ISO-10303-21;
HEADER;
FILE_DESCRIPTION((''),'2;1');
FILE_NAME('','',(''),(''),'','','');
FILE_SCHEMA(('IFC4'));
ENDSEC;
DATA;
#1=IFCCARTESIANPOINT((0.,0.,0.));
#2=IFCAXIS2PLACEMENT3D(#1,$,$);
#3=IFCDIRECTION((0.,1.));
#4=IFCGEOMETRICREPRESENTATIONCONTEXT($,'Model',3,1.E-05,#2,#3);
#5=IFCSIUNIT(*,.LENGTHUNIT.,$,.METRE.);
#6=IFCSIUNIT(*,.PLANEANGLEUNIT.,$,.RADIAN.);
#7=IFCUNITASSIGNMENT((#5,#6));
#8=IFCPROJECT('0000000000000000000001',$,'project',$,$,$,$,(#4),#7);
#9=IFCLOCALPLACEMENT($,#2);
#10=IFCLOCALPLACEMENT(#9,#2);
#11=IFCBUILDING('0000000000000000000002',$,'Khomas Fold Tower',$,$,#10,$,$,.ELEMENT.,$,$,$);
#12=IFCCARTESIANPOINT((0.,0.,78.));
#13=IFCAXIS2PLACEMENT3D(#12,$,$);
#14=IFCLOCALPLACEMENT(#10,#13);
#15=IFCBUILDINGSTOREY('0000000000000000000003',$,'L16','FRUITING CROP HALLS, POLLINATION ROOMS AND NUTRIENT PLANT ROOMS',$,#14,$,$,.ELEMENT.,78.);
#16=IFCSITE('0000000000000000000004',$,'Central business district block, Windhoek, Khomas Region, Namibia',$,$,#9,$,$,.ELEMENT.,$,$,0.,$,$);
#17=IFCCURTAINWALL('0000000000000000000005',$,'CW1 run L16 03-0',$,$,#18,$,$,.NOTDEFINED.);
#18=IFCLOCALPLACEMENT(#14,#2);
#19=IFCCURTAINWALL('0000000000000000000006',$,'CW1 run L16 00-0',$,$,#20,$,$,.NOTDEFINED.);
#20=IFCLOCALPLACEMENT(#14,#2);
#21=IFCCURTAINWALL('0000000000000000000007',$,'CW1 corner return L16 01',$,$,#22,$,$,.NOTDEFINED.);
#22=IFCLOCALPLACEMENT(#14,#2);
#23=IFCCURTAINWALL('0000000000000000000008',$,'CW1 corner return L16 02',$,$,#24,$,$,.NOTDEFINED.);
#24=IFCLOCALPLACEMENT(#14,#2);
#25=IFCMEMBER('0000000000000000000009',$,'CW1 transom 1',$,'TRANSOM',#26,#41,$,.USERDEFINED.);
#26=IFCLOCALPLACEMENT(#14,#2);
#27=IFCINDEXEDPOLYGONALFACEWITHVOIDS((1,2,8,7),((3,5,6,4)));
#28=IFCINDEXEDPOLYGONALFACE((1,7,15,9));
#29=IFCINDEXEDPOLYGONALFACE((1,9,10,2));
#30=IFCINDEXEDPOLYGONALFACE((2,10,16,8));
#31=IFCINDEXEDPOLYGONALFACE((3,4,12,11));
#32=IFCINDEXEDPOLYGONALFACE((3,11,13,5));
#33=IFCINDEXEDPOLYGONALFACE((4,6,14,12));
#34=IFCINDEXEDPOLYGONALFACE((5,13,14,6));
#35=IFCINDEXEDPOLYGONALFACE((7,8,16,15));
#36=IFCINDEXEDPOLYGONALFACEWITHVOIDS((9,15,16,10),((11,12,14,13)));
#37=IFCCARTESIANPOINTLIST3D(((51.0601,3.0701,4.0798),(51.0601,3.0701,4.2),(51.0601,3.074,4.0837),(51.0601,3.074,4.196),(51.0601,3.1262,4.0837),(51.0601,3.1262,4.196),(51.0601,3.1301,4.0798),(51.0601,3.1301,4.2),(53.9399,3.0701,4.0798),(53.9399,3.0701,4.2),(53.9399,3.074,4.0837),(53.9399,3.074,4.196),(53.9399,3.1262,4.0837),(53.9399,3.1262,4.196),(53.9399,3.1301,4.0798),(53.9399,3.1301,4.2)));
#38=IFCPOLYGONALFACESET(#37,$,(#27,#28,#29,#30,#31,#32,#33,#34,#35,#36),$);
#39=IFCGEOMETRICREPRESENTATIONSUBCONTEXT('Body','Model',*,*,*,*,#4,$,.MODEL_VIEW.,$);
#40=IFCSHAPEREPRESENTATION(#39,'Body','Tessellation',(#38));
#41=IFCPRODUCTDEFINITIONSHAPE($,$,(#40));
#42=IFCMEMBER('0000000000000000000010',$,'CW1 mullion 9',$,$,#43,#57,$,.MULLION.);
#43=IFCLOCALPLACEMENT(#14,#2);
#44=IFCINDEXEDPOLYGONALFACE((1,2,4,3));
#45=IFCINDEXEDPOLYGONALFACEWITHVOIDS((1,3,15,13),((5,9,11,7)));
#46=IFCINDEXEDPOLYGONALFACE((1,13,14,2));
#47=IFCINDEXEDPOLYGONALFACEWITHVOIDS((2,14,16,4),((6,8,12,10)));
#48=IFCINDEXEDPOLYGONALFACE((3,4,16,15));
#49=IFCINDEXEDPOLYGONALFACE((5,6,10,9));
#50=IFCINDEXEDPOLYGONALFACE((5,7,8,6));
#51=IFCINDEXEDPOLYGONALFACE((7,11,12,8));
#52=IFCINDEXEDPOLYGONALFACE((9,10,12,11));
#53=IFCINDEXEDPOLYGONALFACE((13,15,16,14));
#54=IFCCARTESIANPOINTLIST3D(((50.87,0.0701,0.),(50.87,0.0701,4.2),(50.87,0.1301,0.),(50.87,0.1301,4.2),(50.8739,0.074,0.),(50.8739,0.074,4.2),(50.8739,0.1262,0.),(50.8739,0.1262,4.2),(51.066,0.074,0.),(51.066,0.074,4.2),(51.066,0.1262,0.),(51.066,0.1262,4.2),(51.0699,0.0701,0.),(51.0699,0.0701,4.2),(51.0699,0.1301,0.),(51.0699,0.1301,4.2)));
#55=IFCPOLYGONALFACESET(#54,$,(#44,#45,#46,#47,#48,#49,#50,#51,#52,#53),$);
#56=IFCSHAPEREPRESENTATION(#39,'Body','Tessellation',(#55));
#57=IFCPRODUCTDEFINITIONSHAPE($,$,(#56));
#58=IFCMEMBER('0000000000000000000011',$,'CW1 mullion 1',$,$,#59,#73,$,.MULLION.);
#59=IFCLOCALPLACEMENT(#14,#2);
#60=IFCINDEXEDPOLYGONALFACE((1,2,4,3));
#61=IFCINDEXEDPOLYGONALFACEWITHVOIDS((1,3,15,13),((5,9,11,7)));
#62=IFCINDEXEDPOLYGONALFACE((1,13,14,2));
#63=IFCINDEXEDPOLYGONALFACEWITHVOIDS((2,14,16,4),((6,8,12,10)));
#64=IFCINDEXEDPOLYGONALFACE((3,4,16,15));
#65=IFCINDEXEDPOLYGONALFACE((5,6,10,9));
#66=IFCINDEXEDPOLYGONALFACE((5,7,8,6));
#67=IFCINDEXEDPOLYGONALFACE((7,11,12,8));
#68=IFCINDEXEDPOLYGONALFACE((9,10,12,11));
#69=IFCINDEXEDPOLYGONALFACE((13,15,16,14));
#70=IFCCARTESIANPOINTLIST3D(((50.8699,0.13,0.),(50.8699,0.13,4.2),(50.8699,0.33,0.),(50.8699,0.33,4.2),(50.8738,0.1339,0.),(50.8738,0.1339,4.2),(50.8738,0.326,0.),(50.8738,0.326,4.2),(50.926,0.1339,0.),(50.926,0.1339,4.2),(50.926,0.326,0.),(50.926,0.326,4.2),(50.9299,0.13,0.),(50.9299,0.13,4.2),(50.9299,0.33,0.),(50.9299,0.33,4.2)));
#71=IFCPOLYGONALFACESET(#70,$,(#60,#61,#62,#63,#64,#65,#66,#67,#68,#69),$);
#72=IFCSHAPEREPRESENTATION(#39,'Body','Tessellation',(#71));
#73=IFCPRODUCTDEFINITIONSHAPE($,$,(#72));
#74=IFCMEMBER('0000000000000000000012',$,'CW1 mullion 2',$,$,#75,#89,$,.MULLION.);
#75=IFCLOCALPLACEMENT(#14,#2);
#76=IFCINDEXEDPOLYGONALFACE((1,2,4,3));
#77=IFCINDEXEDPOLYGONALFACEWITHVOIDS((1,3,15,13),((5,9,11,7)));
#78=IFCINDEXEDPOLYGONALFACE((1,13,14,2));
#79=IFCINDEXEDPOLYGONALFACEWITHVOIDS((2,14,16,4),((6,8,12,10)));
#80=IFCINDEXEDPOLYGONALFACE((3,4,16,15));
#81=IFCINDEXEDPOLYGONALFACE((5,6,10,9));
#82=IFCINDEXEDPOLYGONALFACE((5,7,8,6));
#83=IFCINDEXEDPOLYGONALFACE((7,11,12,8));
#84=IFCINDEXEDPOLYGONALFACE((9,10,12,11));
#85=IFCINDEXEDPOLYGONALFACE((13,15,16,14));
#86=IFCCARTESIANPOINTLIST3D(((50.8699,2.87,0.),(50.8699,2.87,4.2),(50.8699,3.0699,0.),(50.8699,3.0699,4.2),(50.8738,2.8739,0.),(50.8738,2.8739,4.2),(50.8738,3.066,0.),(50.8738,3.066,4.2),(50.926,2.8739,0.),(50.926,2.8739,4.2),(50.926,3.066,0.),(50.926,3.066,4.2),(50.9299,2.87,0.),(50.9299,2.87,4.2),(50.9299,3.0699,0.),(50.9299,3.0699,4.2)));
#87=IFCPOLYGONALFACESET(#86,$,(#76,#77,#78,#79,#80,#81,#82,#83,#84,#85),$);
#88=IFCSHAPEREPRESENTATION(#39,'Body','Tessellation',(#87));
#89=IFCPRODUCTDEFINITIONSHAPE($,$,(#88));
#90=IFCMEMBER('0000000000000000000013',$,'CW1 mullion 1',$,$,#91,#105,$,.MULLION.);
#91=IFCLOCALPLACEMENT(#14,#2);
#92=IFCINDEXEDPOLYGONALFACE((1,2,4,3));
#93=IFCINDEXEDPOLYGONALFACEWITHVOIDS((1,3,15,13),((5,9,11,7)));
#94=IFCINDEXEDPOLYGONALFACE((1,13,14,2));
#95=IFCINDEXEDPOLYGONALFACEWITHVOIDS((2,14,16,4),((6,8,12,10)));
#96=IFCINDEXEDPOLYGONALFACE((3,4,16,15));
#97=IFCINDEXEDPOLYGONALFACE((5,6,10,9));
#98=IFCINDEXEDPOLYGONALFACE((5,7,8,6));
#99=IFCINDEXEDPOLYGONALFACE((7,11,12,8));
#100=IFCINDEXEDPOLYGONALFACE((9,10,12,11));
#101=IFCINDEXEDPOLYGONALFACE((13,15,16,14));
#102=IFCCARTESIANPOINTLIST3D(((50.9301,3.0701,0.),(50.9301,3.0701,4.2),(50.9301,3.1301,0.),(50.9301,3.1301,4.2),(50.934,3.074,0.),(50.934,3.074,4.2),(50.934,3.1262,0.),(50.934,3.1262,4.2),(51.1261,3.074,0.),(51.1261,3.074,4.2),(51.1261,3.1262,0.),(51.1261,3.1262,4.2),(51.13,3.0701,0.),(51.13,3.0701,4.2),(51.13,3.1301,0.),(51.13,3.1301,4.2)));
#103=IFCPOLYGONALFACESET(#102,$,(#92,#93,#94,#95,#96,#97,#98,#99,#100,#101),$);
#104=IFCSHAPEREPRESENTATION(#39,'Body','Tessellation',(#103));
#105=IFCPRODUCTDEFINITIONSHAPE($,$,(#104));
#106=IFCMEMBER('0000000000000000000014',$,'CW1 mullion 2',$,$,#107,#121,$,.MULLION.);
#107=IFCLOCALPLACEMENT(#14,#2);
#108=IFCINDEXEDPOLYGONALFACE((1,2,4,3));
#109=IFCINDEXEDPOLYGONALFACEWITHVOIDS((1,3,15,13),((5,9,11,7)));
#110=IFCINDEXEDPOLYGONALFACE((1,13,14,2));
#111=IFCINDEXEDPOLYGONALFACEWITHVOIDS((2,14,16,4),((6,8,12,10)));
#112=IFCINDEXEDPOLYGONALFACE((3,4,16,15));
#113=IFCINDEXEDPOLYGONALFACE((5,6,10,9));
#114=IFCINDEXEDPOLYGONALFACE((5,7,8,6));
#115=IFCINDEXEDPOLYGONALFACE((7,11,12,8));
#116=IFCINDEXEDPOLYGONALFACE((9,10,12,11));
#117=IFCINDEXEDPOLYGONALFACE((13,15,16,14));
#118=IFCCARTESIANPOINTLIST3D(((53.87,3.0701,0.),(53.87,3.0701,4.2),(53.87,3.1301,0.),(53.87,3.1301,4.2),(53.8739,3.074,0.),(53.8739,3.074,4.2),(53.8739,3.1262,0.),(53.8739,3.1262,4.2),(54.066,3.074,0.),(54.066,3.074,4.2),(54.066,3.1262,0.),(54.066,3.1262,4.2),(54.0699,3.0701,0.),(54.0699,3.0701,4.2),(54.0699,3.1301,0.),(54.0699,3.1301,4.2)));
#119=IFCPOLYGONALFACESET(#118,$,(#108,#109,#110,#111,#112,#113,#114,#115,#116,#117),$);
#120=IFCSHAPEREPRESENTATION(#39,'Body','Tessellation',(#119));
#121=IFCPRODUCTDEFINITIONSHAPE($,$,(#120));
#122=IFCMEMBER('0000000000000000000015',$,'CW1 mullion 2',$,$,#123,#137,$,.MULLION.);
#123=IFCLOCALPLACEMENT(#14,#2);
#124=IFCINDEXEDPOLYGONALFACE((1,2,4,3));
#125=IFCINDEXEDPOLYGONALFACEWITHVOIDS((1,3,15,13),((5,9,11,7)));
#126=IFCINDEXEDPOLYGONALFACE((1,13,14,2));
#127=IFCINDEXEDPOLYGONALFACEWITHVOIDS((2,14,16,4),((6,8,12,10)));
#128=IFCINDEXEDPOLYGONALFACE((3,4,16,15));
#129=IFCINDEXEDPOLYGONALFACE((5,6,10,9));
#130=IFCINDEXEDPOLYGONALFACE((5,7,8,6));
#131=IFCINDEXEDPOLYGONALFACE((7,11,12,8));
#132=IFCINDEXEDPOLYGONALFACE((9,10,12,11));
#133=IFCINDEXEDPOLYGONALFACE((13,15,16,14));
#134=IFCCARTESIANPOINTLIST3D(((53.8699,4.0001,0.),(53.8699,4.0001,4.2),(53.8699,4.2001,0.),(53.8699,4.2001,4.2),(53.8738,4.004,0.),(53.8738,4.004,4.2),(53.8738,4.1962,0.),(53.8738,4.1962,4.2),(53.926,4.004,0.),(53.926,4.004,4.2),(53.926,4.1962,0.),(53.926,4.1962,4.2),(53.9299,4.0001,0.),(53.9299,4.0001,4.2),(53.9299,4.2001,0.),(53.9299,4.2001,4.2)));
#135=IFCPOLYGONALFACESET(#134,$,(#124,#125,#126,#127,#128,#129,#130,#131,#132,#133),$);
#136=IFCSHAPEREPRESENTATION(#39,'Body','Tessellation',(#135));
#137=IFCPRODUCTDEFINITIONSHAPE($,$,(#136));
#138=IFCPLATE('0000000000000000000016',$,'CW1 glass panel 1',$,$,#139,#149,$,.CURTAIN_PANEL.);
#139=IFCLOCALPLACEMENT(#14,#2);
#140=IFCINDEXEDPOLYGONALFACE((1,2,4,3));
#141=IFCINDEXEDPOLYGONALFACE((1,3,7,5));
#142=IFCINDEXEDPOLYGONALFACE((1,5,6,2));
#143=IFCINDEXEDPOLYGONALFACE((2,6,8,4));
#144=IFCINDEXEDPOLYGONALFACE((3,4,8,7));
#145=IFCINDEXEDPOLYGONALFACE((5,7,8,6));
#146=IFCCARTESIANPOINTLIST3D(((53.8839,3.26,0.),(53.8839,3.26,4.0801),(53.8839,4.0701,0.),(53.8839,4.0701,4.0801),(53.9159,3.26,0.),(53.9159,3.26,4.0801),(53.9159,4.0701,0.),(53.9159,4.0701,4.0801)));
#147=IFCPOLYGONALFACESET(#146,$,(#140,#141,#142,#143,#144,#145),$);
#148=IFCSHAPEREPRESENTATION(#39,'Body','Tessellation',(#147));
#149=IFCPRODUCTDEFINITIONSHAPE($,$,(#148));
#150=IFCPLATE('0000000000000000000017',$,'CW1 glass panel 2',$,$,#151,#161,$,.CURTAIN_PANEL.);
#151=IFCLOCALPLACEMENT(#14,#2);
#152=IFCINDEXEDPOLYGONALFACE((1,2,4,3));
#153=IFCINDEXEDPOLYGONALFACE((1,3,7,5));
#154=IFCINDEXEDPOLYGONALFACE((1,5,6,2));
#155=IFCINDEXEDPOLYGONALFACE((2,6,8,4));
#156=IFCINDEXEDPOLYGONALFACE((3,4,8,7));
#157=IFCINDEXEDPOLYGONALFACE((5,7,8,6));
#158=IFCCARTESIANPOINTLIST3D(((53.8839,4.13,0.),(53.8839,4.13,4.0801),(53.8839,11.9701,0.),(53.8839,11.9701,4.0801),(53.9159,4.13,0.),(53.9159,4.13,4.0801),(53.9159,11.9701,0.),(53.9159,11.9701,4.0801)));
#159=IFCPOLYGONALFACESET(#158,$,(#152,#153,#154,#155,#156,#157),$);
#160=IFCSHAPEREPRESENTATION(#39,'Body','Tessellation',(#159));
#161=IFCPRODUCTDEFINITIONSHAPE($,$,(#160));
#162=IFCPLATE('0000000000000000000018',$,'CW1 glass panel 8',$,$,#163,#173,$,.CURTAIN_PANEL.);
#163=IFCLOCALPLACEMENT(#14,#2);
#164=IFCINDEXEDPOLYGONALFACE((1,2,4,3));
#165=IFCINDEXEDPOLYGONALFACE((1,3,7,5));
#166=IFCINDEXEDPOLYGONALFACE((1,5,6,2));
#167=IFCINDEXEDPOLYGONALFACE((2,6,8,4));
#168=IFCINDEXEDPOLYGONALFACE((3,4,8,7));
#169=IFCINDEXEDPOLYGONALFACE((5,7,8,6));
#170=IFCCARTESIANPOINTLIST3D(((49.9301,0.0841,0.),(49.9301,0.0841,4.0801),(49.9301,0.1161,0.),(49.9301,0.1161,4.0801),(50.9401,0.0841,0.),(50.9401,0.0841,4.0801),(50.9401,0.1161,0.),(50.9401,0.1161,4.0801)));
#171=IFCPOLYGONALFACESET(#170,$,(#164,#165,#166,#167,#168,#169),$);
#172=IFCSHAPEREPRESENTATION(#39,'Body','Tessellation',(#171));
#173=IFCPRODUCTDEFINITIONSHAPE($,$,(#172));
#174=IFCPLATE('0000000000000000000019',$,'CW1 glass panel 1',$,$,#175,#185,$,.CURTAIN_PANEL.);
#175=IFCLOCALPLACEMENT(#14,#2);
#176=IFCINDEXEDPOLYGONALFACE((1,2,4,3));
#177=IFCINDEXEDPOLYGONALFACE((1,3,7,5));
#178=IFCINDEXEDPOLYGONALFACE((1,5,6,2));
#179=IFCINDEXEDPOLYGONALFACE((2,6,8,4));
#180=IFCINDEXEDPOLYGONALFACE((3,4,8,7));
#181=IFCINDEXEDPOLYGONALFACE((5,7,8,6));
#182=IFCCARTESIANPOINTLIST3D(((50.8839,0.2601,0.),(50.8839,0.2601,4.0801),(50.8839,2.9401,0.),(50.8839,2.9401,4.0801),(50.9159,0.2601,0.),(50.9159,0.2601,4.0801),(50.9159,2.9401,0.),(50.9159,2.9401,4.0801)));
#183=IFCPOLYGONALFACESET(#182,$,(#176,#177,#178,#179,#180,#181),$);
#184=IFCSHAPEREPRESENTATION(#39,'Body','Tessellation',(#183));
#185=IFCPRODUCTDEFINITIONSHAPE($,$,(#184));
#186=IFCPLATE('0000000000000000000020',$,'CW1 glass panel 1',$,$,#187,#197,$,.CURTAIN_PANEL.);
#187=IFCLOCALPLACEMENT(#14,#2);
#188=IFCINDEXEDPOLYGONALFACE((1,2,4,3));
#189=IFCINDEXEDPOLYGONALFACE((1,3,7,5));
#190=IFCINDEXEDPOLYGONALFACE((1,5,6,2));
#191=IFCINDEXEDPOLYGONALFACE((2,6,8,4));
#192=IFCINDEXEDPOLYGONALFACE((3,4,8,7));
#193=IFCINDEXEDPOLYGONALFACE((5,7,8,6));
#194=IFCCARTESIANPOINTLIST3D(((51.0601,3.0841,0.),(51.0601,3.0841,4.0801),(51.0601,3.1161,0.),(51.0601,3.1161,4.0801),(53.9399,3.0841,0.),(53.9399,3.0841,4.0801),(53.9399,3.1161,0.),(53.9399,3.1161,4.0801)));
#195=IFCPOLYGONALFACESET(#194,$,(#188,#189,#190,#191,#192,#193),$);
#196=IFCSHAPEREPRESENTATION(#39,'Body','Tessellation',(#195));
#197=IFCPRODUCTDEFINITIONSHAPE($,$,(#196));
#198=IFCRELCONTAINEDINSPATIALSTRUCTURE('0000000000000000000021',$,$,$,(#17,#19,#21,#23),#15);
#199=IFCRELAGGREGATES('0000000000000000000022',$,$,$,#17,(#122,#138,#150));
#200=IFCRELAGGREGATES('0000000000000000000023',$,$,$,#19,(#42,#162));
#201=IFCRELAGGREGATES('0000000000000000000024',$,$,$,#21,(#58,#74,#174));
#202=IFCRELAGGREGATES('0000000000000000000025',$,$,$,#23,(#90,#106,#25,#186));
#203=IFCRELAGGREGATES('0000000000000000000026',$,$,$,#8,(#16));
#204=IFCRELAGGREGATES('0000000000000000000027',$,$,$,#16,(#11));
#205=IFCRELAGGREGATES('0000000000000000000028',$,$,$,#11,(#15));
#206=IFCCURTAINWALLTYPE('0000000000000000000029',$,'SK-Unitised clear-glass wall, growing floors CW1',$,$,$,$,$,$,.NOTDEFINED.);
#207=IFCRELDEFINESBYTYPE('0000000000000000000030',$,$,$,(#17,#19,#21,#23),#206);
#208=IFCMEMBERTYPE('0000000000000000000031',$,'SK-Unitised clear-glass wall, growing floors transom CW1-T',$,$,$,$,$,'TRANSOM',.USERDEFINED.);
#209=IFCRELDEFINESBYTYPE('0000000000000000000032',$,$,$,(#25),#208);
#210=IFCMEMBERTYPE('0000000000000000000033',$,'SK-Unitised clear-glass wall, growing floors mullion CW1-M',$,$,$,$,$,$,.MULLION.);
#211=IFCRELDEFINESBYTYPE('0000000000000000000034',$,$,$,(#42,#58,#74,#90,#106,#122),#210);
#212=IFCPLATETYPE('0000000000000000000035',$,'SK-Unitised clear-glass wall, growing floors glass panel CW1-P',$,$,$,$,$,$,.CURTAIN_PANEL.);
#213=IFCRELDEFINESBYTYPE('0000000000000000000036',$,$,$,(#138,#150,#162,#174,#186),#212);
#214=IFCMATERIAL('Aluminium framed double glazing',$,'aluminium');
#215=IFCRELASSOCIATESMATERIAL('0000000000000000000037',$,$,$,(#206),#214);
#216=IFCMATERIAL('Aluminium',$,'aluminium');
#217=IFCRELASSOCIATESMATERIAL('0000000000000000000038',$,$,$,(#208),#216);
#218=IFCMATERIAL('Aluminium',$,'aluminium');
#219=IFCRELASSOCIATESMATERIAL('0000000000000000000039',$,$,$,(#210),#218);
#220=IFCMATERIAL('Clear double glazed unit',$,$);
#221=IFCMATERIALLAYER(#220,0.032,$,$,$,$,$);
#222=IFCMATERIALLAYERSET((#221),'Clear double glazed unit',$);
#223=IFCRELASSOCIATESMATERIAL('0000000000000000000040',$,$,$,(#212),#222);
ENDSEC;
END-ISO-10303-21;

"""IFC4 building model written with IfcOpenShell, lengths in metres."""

from ifc_helpers import new_model, si_unit, direction, frame, origin, origin_2d, place, context, subcontext, project, spatial, rectangle, hollow_rectangle, extrude, source, transform, mapped, material, layer, layer_set, material_profile, profile_set, type_object, element, aggregate, save


model = new_model("IFC4")

# Units and contexts
model_context = context("Model", 3, precision=1e-05, world=origin(), true_north=direction((0.0, 1.0)))
body_context = subcontext(model_context, "Body", "Model", "MODEL_VIEW")
ifc_project = project(units=[si_unit("LENGTHUNIT", "METRE"), si_unit("PLANEANGLEUNIT", "RADIAN")], contexts=[model_context])

# Site, building, storey
site_placement = place(None, origin())
site = spatial("IfcSite", under=ifc_project, at=site_placement, Name="Central business district block, Windhoek, Khomas Region, Namibia", CompositionType="ELEMENT", RefElevation=0.0)
building_placement = place(site_placement, origin())
building = spatial("IfcBuilding", under=site, at=building_placement, Name="Khomas Fold Tower", CompositionType="ELEMENT")
storey_placement = place(building_placement, frame((0.0, 0.0, 78.0)))
storey = spatial("IfcBuildingStorey", under=building, at=storey_placement, Name="L16", Description="FRUITING CROP HALLS, POLLINATION ROOMS AND NUTRIENT PLANT ROOMS", CompositionType="ELEMENT", Elevation=78.0)

# Curtain wall
ifc_material_1 = material(Name="Aluminium framed double glazing", Category="aluminium")
curtain_wall_type = type_object("IfcCurtainWallType", Name="SK-Unitised clear-glass wall, growing floors CW1", PredefinedType="NOTDEFINED", material=ifc_material_1)
curtain_wall_1_placement = place(storey_placement, origin())
curtain_wall_1 = element("IfcCurtainWall", 1, at=curtain_wall_1_placement, inside=storey, type_object=curtain_wall_type, Name="CW1 run L16 03-0", PredefinedType="NOTDEFINED")
ifc_material_2 = material(Name="Aluminium", Category="aluminium")
ifc_material_profile_1 = material_profile(ifc_material_2, hollow_rectangle(XDim=0.0601, YDim=0.1201, WallThickness=0.0039, at=origin_2d()), Name="SK-Unitised clear-glass wall, growing floors transom CW1-T")
ifc_profile_set_1 = profile_set([ifc_material_profile_1], Name="Aluminium")
member_type_1 = type_object("IfcMemberType", Name="SK-Unitised clear-glass wall, growing floors transom CW1-T", ElementType="TRANSOM", PredefinedType="USERDEFINED", material=ifc_profile_set_1)

# Curtain walls, member
curtain_wall_2_placement = place(storey_placement, origin())
curtain_wall_2 = element("IfcCurtainWall", 2, at=curtain_wall_2_placement, inside=storey, type_object=curtain_wall_type, Name="CW1 run L16 00-0", PredefinedType="NOTDEFINED")
curtain_wall_3_placement = place(storey_placement, origin())
curtain_wall_3 = element("IfcCurtainWall", 3, at=curtain_wall_3_placement, inside=storey, type_object=curtain_wall_type, Name="CW1 corner return L16 01", PredefinedType="NOTDEFINED")
curtain_wall_4_placement = place(storey_placement, origin())
curtain_wall_4 = element("IfcCurtainWall", 4, at=curtain_wall_4_placement, inside=storey, type_object=curtain_wall_type, Name="CW1 corner return L16 02", PredefinedType="NOTDEFINED")
shared_shape_1 = source(origin(), body_context, "Body", "SweptSolid", [
    extrude(hollow_rectangle(XDim=0.0601, YDim=0.1201, WallThickness=0.0039, at=origin_2d()), origin(), (0.0, 0.0, 1.0), 2.8799),
])
member_1_placement = place(storey_placement, frame((51.0601, 3.1001, 4.1399), z_axis=(1.0, 0.0, 0.0), x_axis=(0.0, 1.0, 0.0)))
member_1 = element("IfcMember", 5, at=member_1_placement, type_object=member_type_1, Name="CW1 transom 1", ObjectType="TRANSOM", PredefinedType="USERDEFINED", context=body_context, shape_type="MappedRepresentation", body=[
    mapped(shared_shape_1, transform((0.0, 0.0, 0.0))),
])

# Members
ifc_material_3 = material(Name="Aluminium", Category="aluminium")
ifc_material_profile_2 = material_profile(ifc_material_3, hollow_rectangle(XDim=0.0601, YDim=0.2, WallThickness=0.0039, at=origin_2d()), Name="SK-Unitised clear-glass wall, growing floors mullion CW1-M")
ifc_profile_set_2 = profile_set([ifc_material_profile_2], Name="Aluminium")
member_type_2 = type_object("IfcMemberType", Name="SK-Unitised clear-glass wall, growing floors mullion CW1-M", PredefinedType="MULLION", material=ifc_profile_set_2)
shared_shape_2 = source(origin(), body_context, "Body", "SweptSolid", [
    extrude(hollow_rectangle(XDim=0.0601, YDim=0.2, WallThickness=0.0039, at=origin_2d()), origin(), (0.0, 0.0, 1.0), 4.2),
])
member_2_placement = place(storey_placement, frame((50.97, 0.1001, 0.0), z_axis=(0.0, 0.0, 1.0), x_axis=(0.0, 1.0, 0.0)))
member_2 = element("IfcMember", 6, at=member_2_placement, type_object=member_type_2, Name="CW1 mullion 9", PredefinedType="MULLION", context=body_context, shape_type="MappedRepresentation", body=[
    mapped(shared_shape_2, transform((0.0, 0.0, 0.0))),
])
member_3_placement = place(storey_placement, frame((50.8999, 0.23, 0.0), z_axis=(0.0, 0.0, 1.0), x_axis=(-1.0, 0.0, 0.0)))
member_3 = element("IfcMember", 7, at=member_3_placement, type_object=member_type_2, Name="CW1 mullion 1", PredefinedType="MULLION", context=body_context, shape_type="MappedRepresentation", body=[
    mapped(shared_shape_2, transform((0.0, 0.0, 0.0))),
])
member_4_placement = place(storey_placement, frame((50.8999, 2.97, 0.0), z_axis=(0.0, 0.0, 1.0), x_axis=(-1.0, 0.0, 0.0)))
member_4 = element("IfcMember", 8, at=member_4_placement, type_object=member_type_2, Name="CW1 mullion 2", PredefinedType="MULLION", context=body_context, shape_type="MappedRepresentation", body=[
    mapped(shared_shape_2, transform((0.0, 0.0, 0.0))),
])
member_5_placement = place(storey_placement, frame((51.03, 3.1001, 0.0), z_axis=(0.0, 0.0, 1.0), x_axis=(0.0, 1.0, 0.0)))
member_5 = element("IfcMember", 9, at=member_5_placement, type_object=member_type_2, Name="CW1 mullion 1", PredefinedType="MULLION", context=body_context, shape_type="MappedRepresentation", body=[
    mapped(shared_shape_2, transform((0.0, 0.0, 0.0))),
])
member_6_placement = place(storey_placement, frame((53.97, 3.1001, 0.0), z_axis=(0.0, 0.0, 1.0), x_axis=(0.0, 1.0, 0.0)))
member_6 = element("IfcMember", 10, at=member_6_placement, type_object=member_type_2, Name="CW1 mullion 2", PredefinedType="MULLION", context=body_context, shape_type="MappedRepresentation", body=[
    mapped(shared_shape_2, transform((0.0, 0.0, 0.0))),
])
member_7_placement = place(storey_placement, frame((53.8999, 4.1001, 0.0), z_axis=(0.0, 0.0, 1.0), x_axis=(-1.0, 0.0, 0.0)))
member_7 = element("IfcMember", 11, at=member_7_placement, type_object=member_type_2, Name="CW1 mullion 2", PredefinedType="MULLION", context=body_context, shape_type="MappedRepresentation", body=[
    mapped(shared_shape_2, transform((0.0, 0.0, 0.0))),
])

# Plates
ifc_material_4 = material(Name="Clear double glazed unit")
ifc_layer = layer(ifc_material_4, 0.032)
ifc_layer_set = layer_set([ifc_layer], Name="Clear double glazed unit")
plate_type = type_object("IfcPlateType", Name="SK-Unitised clear-glass wall, growing floors glass panel CW1-P", PredefinedType="CURTAIN_PANEL", material=ifc_layer_set)
shared_shape_3 = source(origin(), body_context, "Body", "SweptSolid", [
    extrude(rectangle(XDim=0.8101, YDim=0.032, at=origin_2d()), origin(), (0.0, 0.0, 1.0), 4.0801),
])
plate_1_placement = place(storey_placement, frame((53.8999, 3.665, 0.0), z_axis=(0.0, 0.0, 1.0), x_axis=(0.0, 1.0, 0.0)))
plate_1 = element("IfcPlate", 12, at=plate_1_placement, type_object=plate_type, Name="CW1 glass panel 1", PredefinedType="CURTAIN_PANEL", context=body_context, shape_type="MappedRepresentation", body=[
    mapped(shared_shape_3, transform((0.0, 0.0, 0.0))),
])
shared_shape_4 = source(origin(), body_context, "Body", "SweptSolid", [
    extrude(rectangle(XDim=7.8401, YDim=0.032, at=origin_2d()), origin(), (0.0, 0.0, 1.0), 4.0801),
])
plate_2_placement = place(storey_placement, frame((53.8999, 8.05, 0.0), z_axis=(0.0, 0.0, 1.0), x_axis=(0.0, 1.0, 0.0)))
plate_2 = element("IfcPlate", 13, at=plate_2_placement, type_object=plate_type, Name="CW1 glass panel 2", PredefinedType="CURTAIN_PANEL", context=body_context, shape_type="MappedRepresentation", body=[
    mapped(shared_shape_4, transform((0.0, 0.0, 0.0))),
])
aggregate(curtain_wall_1, [member_7, plate_1, plate_2])
shared_shape_5 = source(origin(), body_context, "Body", "SweptSolid", [
    extrude(rectangle(XDim=1.01, YDim=0.032, at=origin_2d()), origin(), (0.0, 0.0, 1.0), 4.0801),
])
plate_3_placement = place(storey_placement, frame((50.4351, 0.1001, 0.0), z_axis=(0.0, 0.0, 1.0), x_axis=(1.0, 0.0, 0.0)))
plate_3 = element("IfcPlate", 14, at=plate_3_placement, type_object=plate_type, Name="CW1 glass panel 8", PredefinedType="CURTAIN_PANEL", context=body_context, shape_type="MappedRepresentation", body=[
    mapped(shared_shape_5, transform((0.0, 0.0, 0.0))),
])
aggregate(curtain_wall_2, [member_2, plate_3])
shared_shape_6 = source(origin(), body_context, "Body", "SweptSolid", [
    extrude(rectangle(XDim=2.6799, YDim=0.032, at=origin_2d()), origin(), (0.0, 0.0, 1.0), 4.0801),
])
plate_4_placement = place(storey_placement, frame((50.8999, 1.6001, 0.0), z_axis=(0.0, 0.0, 1.0), x_axis=(0.0, 1.0, 0.0)))
plate_4 = element("IfcPlate", 15, at=plate_4_placement, type_object=plate_type, Name="CW1 glass panel 1", PredefinedType="CURTAIN_PANEL", context=body_context, shape_type="MappedRepresentation", body=[
    mapped(shared_shape_6, transform((0.0, 0.0, 0.0))),
])
aggregate(curtain_wall_3, [member_3, member_4, plate_4])
shared_shape_7 = source(origin(), body_context, "Body", "SweptSolid", [
    extrude(rectangle(XDim=2.8799, YDim=0.032, at=origin_2d()), origin(), (0.0, 0.0, 1.0), 4.0801),
])
plate_5_placement = place(storey_placement, frame((52.5, 3.1001, 0.0), z_axis=(0.0, 0.0, 1.0), x_axis=(1.0, 0.0, 0.0)))
plate_5 = element("IfcPlate", 16, at=plate_5_placement, type_object=plate_type, Name="CW1 glass panel 1", PredefinedType="CURTAIN_PANEL", context=body_context, shape_type="MappedRepresentation", body=[
    mapped(shared_shape_7, transform((0.0, 0.0, 0.0))),
])
aggregate(curtain_wall_4, [member_5, member_6, member_1, plate_5])

save(model, "model.ifc")
